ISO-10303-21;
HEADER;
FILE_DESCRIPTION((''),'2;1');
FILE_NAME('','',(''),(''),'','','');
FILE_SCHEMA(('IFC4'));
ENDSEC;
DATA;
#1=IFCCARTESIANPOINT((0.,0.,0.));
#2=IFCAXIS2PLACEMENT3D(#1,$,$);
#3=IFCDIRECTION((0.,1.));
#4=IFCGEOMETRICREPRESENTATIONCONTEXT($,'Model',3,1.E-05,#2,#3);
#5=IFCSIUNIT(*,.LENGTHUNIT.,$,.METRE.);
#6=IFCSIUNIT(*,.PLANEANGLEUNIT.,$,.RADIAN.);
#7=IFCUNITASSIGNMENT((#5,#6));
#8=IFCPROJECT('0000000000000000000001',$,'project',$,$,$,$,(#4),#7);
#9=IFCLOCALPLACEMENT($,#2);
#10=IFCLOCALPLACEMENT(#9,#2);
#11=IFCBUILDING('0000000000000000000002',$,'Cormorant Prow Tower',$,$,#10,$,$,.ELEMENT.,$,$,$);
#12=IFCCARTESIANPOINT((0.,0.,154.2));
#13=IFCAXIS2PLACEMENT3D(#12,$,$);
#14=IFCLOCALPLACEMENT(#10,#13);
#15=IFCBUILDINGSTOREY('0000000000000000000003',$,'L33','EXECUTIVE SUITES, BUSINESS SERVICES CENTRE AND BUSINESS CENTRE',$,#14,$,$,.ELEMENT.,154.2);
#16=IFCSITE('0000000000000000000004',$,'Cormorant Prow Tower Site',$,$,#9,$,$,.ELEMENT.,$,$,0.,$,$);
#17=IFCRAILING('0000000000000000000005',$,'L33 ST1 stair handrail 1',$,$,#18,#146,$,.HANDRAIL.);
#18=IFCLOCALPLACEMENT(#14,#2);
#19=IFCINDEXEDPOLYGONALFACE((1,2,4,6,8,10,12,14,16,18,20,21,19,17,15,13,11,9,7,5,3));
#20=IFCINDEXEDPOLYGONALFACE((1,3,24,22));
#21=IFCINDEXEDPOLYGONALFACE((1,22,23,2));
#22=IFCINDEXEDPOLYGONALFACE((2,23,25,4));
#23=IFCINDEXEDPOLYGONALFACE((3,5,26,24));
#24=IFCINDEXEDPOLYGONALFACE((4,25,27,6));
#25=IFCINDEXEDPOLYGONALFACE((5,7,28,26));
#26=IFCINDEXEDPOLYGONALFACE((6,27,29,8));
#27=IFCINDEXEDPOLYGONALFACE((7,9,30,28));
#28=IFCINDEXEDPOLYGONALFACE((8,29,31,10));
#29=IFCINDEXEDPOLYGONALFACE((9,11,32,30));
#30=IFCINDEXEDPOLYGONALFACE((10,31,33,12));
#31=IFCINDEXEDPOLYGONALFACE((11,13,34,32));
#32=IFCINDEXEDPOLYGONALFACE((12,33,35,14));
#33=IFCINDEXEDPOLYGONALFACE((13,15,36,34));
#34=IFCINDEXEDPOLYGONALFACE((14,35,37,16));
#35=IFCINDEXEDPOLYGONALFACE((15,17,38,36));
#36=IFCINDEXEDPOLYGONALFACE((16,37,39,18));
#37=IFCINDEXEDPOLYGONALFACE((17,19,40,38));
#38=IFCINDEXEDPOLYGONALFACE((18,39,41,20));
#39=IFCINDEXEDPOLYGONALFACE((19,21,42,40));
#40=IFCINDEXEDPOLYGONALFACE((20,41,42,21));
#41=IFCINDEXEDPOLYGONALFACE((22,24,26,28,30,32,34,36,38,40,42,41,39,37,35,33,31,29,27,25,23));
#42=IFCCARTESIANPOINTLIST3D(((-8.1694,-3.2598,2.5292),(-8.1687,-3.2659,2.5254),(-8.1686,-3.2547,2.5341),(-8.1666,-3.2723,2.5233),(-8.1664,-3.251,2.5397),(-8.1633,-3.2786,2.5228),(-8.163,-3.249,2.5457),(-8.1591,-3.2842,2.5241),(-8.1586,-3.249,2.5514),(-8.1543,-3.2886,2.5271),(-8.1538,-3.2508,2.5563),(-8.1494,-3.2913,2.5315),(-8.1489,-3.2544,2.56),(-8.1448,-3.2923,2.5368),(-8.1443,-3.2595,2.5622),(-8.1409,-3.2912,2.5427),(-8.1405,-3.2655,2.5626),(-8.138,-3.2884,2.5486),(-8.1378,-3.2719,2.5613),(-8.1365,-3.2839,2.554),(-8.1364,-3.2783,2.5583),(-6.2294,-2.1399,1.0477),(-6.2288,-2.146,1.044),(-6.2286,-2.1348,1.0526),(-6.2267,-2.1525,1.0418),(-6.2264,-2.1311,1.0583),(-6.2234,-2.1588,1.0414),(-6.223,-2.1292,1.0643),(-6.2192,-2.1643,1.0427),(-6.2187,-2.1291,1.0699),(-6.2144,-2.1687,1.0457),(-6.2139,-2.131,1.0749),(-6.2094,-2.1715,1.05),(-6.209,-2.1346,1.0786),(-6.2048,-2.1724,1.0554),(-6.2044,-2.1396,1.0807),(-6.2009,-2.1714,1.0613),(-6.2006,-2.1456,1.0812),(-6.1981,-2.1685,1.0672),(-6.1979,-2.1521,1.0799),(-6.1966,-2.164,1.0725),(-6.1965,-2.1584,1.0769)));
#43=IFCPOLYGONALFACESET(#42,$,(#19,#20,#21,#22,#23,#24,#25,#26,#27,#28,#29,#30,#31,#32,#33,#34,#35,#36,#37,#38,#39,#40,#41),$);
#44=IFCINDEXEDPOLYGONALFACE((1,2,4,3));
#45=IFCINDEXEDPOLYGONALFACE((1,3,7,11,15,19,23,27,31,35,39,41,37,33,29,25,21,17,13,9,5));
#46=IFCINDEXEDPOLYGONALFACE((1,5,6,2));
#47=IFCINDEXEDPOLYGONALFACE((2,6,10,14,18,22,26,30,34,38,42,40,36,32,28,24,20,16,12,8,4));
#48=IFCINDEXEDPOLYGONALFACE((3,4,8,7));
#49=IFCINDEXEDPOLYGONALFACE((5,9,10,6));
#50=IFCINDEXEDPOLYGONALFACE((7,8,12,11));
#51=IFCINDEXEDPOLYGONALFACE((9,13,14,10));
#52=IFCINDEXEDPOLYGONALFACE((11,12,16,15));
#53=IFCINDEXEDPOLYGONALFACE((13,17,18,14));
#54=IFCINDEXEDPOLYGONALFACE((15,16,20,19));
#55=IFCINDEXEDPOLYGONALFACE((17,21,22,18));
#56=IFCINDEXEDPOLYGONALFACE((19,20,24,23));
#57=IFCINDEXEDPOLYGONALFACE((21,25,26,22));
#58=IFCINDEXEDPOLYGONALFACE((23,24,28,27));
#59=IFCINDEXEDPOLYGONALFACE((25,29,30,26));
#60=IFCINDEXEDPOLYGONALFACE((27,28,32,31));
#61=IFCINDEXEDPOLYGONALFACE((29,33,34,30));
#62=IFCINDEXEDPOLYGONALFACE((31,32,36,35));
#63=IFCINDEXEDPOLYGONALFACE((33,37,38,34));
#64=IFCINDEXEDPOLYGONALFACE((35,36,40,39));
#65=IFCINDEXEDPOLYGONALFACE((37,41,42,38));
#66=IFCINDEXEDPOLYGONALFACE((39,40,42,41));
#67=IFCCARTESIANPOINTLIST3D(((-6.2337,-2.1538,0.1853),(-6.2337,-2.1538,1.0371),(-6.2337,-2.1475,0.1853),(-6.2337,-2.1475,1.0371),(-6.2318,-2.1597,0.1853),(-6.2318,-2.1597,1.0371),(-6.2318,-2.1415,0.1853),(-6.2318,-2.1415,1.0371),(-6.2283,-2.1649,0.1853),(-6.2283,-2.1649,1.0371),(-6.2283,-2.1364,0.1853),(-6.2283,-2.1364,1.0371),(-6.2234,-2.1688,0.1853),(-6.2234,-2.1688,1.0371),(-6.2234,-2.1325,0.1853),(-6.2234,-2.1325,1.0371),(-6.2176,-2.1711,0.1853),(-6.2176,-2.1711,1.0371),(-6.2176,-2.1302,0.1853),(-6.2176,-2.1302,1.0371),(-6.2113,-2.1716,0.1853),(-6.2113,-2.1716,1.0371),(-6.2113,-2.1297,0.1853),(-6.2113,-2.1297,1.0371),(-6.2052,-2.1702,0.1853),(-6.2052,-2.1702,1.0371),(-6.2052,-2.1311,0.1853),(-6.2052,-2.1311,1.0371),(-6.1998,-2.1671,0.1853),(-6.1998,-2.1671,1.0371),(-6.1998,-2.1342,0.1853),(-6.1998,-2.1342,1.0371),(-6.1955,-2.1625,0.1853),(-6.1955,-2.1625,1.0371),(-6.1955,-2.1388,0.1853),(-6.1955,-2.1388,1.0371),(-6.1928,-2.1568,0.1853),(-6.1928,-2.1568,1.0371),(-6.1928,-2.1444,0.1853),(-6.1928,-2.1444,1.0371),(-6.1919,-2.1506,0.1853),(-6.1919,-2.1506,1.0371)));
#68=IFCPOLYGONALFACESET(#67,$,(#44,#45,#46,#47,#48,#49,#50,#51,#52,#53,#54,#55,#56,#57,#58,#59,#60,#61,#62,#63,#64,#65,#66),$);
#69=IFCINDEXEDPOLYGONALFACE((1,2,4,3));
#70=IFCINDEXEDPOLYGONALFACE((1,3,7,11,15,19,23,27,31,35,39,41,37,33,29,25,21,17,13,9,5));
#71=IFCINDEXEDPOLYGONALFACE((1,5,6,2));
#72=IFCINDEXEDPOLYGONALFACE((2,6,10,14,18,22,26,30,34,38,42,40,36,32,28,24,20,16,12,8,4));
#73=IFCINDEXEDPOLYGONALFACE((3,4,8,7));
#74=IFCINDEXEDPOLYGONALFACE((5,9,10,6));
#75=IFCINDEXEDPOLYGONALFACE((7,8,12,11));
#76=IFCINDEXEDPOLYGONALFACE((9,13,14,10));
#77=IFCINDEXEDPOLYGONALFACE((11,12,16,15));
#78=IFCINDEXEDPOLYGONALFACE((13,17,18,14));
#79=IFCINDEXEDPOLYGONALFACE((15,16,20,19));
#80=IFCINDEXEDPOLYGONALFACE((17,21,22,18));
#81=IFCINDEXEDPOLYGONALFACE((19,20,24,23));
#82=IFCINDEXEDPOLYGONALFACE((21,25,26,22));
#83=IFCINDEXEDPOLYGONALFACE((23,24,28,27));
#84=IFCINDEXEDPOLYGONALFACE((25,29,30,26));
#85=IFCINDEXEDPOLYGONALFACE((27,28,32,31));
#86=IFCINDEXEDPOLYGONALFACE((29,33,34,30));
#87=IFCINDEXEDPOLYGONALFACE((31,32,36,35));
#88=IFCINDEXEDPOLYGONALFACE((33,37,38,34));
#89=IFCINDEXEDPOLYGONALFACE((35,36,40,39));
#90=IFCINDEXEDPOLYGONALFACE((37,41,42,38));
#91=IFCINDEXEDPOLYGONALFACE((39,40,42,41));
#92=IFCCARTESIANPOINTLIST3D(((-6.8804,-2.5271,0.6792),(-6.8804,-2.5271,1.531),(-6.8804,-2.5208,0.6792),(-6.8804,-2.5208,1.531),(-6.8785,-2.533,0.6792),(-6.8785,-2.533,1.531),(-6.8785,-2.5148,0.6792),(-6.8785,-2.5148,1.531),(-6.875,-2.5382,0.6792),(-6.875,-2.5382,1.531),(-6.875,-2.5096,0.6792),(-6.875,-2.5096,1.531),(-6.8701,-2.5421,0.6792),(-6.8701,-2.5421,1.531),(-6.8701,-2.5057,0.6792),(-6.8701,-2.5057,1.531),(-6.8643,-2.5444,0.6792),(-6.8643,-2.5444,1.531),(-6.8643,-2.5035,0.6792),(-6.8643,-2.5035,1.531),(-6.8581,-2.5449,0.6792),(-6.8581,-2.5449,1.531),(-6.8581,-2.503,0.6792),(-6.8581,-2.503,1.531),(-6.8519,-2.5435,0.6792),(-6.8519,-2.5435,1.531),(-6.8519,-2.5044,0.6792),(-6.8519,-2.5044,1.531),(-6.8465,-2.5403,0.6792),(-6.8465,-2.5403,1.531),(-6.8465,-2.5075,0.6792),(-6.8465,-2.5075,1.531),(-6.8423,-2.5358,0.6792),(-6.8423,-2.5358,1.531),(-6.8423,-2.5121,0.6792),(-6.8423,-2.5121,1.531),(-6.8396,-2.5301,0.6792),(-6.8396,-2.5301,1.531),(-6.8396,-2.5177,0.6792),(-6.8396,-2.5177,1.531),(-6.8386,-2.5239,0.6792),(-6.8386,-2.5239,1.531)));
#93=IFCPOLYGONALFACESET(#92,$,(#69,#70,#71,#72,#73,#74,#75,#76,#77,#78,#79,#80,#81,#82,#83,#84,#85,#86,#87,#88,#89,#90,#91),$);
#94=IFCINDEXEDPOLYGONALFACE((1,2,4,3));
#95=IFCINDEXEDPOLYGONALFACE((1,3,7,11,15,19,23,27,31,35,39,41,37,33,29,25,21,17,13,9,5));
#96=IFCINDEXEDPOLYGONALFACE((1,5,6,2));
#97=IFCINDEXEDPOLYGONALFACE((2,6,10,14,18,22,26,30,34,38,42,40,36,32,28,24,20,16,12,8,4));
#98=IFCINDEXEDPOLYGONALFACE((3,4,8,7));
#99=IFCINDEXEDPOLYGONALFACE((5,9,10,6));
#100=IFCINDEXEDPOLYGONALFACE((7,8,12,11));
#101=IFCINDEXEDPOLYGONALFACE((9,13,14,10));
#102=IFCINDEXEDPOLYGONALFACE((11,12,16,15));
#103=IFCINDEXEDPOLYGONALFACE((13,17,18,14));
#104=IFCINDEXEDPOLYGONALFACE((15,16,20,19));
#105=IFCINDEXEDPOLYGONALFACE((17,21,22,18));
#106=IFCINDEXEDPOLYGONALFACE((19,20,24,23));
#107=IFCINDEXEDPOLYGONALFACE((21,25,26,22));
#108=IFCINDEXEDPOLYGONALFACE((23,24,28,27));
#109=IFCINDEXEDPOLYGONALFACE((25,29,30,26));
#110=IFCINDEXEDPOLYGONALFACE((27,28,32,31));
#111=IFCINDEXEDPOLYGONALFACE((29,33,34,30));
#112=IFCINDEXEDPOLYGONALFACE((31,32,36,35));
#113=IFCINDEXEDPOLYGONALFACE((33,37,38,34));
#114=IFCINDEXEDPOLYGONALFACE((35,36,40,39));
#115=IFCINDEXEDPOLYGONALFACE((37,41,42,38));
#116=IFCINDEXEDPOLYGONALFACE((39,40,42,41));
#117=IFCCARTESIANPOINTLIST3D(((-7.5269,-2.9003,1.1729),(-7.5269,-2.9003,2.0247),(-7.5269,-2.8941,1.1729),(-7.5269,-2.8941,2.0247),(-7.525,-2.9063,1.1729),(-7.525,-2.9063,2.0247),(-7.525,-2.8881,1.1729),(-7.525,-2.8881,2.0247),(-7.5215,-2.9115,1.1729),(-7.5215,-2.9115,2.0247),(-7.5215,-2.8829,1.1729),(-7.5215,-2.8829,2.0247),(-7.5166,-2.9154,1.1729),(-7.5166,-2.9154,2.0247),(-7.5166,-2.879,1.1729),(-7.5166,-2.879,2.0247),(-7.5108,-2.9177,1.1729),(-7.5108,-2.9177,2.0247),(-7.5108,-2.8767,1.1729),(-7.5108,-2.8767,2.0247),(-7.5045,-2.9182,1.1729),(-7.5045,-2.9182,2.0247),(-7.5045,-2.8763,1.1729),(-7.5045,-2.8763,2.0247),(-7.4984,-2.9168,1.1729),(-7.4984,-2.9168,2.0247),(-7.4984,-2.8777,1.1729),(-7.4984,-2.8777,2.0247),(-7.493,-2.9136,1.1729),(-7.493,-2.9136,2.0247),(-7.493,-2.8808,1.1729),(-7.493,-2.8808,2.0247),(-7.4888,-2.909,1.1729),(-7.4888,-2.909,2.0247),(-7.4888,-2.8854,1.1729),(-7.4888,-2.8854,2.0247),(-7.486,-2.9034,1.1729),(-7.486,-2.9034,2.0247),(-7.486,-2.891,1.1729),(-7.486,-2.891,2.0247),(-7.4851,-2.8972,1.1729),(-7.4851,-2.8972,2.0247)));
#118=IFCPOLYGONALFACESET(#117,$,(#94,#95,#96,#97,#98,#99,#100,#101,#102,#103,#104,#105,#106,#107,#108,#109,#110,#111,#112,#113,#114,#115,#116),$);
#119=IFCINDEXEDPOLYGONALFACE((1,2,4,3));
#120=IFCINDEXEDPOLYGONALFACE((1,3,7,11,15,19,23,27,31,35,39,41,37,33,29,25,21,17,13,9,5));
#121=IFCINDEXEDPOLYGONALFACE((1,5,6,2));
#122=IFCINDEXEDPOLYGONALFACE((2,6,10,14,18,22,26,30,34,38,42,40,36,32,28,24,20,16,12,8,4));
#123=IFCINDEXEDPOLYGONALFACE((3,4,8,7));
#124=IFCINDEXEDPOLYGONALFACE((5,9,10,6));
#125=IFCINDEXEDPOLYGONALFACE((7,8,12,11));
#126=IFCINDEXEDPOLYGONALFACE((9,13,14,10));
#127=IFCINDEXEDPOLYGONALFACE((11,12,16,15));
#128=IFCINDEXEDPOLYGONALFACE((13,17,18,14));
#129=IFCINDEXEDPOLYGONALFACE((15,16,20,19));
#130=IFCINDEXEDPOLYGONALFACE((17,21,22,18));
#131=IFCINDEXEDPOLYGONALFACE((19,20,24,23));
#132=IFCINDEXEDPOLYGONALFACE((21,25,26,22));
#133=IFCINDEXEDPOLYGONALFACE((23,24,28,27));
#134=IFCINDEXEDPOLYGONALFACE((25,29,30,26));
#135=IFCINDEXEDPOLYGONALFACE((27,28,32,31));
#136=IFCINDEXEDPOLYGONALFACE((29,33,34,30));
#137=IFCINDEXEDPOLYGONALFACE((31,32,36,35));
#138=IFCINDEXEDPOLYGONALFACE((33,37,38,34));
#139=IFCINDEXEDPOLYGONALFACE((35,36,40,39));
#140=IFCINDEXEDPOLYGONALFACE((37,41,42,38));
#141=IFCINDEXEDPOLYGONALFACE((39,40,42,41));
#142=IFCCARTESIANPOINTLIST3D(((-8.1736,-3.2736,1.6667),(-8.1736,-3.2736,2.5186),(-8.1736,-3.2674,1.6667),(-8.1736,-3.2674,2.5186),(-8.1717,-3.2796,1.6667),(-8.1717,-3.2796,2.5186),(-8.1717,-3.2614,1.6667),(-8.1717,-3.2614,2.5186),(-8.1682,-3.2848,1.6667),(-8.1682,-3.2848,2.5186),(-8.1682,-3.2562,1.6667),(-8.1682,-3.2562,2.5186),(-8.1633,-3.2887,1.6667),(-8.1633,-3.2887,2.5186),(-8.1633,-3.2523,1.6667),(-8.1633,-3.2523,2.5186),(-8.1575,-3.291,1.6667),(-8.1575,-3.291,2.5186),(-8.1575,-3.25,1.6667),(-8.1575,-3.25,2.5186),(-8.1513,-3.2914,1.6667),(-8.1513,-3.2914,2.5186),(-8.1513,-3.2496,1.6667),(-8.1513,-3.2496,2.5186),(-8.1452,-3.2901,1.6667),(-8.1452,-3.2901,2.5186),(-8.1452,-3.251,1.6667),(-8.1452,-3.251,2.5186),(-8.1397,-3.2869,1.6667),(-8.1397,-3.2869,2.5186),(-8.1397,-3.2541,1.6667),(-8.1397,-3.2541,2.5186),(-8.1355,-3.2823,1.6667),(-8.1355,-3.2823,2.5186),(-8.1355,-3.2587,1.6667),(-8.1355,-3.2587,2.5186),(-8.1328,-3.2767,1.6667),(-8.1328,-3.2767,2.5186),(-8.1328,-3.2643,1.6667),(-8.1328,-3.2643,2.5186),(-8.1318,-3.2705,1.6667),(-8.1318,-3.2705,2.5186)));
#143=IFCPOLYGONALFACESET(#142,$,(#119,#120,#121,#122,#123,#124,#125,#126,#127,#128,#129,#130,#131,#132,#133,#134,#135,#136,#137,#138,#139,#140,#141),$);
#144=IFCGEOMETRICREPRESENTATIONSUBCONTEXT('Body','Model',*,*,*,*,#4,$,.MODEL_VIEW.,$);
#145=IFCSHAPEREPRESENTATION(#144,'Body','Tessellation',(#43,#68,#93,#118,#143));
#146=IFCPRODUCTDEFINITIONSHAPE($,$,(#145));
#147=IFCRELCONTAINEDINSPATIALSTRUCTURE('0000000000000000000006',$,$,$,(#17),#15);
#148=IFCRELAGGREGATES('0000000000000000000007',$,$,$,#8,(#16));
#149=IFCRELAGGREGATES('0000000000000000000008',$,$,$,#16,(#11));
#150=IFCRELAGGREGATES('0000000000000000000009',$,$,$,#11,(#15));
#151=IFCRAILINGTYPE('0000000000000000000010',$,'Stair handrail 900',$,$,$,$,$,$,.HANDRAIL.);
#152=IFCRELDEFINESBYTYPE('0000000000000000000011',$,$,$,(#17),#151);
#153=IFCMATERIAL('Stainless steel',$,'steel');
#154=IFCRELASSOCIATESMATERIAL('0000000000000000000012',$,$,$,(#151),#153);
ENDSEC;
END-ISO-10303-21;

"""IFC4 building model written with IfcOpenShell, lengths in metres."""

from ifc_helpers import new_model, si_unit, direction, frame, origin, origin_2d, place, context, subcontext, project, spatial, circle, extrude, material, type_object, element, save


model = new_model("IFC4")

# Units and contexts
model_context = context("Model", 3, precision=1e-05, world=origin(), true_north=direction((0.0, 1.0)))
body_context = subcontext(model_context, "Body", "Model", "MODEL_VIEW")
ifc_project = project(units=[si_unit("LENGTHUNIT", "METRE"), si_unit("PLANEANGLEUNIT", "RADIAN")], contexts=[model_context])

# Site, building, storey
site_placement = place(None, origin())
site = spatial("IfcSite", under=ifc_project, at=site_placement, Name="Cormorant Prow Tower Site", CompositionType="ELEMENT", RefElevation=0.0)
building_placement = place(site_placement, origin())
building = spatial("IfcBuilding", under=site, at=building_placement, Name="Cormorant Prow Tower", CompositionType="ELEMENT")
storey_placement = place(building_placement, frame((0.0, 0.0, 154.2)))
storey = spatial("IfcBuildingStorey", under=building, at=storey_placement, Name="L33", Description="EXECUTIVE SUITES, BUSINESS SERVICES CENTRE AND BUSINESS CENTRE", CompositionType="ELEMENT", Elevation=154.2)

# Railing
ifc_material_1 = material(Name="Stainless steel", Category="steel")
railing_type = type_object("IfcRailingType", Name="Stair handrail 900", PredefinedType="HANDRAIL", material=ifc_material_1)
for number, where, name in (
    (1, (-6.2129, -2.1506, 0.1853), "L33 ST1 stair handrail 1"),
):
    element("IfcRailing", number, at=place(storey_placement, frame(where)), inside=storey, type_object=railing_type, Name=name, PredefinedType="HANDRAIL", context=body_context, shape_type="SweptSolid", body=[
        extrude(circle(Radius=0.0239, at=origin_2d()), frame((0.0, 0.0, 0.876), z_axis=(-0.722363, -0.417, 0.551636), x_axis=(0.499949, -0.866055, 0.0)), (0.0, 0.0, 1.0), 2.6855),
        extrude(circle(Radius=0.021, at=origin_2d()), origin(), (0.0, 0.0, 1.0), 0.8518),
        extrude(circle(Radius=0.021, at=origin_2d()), frame((-0.6467, -0.3733, 0.4939)), (0.0, 0.0, 1.0), 0.8518),
        extrude(circle(Radius=0.021, at=origin_2d()), frame((-1.2932, -0.7466, 0.9875)), (0.0, 0.0, 1.0), 0.8518),
        extrude(circle(Radius=0.021, at=origin_2d()), frame((-1.9399, -1.1199, 1.4814)), (0.0, 0.0, 1.0), 0.8518),
    ])

save(model, "model.ifc")
